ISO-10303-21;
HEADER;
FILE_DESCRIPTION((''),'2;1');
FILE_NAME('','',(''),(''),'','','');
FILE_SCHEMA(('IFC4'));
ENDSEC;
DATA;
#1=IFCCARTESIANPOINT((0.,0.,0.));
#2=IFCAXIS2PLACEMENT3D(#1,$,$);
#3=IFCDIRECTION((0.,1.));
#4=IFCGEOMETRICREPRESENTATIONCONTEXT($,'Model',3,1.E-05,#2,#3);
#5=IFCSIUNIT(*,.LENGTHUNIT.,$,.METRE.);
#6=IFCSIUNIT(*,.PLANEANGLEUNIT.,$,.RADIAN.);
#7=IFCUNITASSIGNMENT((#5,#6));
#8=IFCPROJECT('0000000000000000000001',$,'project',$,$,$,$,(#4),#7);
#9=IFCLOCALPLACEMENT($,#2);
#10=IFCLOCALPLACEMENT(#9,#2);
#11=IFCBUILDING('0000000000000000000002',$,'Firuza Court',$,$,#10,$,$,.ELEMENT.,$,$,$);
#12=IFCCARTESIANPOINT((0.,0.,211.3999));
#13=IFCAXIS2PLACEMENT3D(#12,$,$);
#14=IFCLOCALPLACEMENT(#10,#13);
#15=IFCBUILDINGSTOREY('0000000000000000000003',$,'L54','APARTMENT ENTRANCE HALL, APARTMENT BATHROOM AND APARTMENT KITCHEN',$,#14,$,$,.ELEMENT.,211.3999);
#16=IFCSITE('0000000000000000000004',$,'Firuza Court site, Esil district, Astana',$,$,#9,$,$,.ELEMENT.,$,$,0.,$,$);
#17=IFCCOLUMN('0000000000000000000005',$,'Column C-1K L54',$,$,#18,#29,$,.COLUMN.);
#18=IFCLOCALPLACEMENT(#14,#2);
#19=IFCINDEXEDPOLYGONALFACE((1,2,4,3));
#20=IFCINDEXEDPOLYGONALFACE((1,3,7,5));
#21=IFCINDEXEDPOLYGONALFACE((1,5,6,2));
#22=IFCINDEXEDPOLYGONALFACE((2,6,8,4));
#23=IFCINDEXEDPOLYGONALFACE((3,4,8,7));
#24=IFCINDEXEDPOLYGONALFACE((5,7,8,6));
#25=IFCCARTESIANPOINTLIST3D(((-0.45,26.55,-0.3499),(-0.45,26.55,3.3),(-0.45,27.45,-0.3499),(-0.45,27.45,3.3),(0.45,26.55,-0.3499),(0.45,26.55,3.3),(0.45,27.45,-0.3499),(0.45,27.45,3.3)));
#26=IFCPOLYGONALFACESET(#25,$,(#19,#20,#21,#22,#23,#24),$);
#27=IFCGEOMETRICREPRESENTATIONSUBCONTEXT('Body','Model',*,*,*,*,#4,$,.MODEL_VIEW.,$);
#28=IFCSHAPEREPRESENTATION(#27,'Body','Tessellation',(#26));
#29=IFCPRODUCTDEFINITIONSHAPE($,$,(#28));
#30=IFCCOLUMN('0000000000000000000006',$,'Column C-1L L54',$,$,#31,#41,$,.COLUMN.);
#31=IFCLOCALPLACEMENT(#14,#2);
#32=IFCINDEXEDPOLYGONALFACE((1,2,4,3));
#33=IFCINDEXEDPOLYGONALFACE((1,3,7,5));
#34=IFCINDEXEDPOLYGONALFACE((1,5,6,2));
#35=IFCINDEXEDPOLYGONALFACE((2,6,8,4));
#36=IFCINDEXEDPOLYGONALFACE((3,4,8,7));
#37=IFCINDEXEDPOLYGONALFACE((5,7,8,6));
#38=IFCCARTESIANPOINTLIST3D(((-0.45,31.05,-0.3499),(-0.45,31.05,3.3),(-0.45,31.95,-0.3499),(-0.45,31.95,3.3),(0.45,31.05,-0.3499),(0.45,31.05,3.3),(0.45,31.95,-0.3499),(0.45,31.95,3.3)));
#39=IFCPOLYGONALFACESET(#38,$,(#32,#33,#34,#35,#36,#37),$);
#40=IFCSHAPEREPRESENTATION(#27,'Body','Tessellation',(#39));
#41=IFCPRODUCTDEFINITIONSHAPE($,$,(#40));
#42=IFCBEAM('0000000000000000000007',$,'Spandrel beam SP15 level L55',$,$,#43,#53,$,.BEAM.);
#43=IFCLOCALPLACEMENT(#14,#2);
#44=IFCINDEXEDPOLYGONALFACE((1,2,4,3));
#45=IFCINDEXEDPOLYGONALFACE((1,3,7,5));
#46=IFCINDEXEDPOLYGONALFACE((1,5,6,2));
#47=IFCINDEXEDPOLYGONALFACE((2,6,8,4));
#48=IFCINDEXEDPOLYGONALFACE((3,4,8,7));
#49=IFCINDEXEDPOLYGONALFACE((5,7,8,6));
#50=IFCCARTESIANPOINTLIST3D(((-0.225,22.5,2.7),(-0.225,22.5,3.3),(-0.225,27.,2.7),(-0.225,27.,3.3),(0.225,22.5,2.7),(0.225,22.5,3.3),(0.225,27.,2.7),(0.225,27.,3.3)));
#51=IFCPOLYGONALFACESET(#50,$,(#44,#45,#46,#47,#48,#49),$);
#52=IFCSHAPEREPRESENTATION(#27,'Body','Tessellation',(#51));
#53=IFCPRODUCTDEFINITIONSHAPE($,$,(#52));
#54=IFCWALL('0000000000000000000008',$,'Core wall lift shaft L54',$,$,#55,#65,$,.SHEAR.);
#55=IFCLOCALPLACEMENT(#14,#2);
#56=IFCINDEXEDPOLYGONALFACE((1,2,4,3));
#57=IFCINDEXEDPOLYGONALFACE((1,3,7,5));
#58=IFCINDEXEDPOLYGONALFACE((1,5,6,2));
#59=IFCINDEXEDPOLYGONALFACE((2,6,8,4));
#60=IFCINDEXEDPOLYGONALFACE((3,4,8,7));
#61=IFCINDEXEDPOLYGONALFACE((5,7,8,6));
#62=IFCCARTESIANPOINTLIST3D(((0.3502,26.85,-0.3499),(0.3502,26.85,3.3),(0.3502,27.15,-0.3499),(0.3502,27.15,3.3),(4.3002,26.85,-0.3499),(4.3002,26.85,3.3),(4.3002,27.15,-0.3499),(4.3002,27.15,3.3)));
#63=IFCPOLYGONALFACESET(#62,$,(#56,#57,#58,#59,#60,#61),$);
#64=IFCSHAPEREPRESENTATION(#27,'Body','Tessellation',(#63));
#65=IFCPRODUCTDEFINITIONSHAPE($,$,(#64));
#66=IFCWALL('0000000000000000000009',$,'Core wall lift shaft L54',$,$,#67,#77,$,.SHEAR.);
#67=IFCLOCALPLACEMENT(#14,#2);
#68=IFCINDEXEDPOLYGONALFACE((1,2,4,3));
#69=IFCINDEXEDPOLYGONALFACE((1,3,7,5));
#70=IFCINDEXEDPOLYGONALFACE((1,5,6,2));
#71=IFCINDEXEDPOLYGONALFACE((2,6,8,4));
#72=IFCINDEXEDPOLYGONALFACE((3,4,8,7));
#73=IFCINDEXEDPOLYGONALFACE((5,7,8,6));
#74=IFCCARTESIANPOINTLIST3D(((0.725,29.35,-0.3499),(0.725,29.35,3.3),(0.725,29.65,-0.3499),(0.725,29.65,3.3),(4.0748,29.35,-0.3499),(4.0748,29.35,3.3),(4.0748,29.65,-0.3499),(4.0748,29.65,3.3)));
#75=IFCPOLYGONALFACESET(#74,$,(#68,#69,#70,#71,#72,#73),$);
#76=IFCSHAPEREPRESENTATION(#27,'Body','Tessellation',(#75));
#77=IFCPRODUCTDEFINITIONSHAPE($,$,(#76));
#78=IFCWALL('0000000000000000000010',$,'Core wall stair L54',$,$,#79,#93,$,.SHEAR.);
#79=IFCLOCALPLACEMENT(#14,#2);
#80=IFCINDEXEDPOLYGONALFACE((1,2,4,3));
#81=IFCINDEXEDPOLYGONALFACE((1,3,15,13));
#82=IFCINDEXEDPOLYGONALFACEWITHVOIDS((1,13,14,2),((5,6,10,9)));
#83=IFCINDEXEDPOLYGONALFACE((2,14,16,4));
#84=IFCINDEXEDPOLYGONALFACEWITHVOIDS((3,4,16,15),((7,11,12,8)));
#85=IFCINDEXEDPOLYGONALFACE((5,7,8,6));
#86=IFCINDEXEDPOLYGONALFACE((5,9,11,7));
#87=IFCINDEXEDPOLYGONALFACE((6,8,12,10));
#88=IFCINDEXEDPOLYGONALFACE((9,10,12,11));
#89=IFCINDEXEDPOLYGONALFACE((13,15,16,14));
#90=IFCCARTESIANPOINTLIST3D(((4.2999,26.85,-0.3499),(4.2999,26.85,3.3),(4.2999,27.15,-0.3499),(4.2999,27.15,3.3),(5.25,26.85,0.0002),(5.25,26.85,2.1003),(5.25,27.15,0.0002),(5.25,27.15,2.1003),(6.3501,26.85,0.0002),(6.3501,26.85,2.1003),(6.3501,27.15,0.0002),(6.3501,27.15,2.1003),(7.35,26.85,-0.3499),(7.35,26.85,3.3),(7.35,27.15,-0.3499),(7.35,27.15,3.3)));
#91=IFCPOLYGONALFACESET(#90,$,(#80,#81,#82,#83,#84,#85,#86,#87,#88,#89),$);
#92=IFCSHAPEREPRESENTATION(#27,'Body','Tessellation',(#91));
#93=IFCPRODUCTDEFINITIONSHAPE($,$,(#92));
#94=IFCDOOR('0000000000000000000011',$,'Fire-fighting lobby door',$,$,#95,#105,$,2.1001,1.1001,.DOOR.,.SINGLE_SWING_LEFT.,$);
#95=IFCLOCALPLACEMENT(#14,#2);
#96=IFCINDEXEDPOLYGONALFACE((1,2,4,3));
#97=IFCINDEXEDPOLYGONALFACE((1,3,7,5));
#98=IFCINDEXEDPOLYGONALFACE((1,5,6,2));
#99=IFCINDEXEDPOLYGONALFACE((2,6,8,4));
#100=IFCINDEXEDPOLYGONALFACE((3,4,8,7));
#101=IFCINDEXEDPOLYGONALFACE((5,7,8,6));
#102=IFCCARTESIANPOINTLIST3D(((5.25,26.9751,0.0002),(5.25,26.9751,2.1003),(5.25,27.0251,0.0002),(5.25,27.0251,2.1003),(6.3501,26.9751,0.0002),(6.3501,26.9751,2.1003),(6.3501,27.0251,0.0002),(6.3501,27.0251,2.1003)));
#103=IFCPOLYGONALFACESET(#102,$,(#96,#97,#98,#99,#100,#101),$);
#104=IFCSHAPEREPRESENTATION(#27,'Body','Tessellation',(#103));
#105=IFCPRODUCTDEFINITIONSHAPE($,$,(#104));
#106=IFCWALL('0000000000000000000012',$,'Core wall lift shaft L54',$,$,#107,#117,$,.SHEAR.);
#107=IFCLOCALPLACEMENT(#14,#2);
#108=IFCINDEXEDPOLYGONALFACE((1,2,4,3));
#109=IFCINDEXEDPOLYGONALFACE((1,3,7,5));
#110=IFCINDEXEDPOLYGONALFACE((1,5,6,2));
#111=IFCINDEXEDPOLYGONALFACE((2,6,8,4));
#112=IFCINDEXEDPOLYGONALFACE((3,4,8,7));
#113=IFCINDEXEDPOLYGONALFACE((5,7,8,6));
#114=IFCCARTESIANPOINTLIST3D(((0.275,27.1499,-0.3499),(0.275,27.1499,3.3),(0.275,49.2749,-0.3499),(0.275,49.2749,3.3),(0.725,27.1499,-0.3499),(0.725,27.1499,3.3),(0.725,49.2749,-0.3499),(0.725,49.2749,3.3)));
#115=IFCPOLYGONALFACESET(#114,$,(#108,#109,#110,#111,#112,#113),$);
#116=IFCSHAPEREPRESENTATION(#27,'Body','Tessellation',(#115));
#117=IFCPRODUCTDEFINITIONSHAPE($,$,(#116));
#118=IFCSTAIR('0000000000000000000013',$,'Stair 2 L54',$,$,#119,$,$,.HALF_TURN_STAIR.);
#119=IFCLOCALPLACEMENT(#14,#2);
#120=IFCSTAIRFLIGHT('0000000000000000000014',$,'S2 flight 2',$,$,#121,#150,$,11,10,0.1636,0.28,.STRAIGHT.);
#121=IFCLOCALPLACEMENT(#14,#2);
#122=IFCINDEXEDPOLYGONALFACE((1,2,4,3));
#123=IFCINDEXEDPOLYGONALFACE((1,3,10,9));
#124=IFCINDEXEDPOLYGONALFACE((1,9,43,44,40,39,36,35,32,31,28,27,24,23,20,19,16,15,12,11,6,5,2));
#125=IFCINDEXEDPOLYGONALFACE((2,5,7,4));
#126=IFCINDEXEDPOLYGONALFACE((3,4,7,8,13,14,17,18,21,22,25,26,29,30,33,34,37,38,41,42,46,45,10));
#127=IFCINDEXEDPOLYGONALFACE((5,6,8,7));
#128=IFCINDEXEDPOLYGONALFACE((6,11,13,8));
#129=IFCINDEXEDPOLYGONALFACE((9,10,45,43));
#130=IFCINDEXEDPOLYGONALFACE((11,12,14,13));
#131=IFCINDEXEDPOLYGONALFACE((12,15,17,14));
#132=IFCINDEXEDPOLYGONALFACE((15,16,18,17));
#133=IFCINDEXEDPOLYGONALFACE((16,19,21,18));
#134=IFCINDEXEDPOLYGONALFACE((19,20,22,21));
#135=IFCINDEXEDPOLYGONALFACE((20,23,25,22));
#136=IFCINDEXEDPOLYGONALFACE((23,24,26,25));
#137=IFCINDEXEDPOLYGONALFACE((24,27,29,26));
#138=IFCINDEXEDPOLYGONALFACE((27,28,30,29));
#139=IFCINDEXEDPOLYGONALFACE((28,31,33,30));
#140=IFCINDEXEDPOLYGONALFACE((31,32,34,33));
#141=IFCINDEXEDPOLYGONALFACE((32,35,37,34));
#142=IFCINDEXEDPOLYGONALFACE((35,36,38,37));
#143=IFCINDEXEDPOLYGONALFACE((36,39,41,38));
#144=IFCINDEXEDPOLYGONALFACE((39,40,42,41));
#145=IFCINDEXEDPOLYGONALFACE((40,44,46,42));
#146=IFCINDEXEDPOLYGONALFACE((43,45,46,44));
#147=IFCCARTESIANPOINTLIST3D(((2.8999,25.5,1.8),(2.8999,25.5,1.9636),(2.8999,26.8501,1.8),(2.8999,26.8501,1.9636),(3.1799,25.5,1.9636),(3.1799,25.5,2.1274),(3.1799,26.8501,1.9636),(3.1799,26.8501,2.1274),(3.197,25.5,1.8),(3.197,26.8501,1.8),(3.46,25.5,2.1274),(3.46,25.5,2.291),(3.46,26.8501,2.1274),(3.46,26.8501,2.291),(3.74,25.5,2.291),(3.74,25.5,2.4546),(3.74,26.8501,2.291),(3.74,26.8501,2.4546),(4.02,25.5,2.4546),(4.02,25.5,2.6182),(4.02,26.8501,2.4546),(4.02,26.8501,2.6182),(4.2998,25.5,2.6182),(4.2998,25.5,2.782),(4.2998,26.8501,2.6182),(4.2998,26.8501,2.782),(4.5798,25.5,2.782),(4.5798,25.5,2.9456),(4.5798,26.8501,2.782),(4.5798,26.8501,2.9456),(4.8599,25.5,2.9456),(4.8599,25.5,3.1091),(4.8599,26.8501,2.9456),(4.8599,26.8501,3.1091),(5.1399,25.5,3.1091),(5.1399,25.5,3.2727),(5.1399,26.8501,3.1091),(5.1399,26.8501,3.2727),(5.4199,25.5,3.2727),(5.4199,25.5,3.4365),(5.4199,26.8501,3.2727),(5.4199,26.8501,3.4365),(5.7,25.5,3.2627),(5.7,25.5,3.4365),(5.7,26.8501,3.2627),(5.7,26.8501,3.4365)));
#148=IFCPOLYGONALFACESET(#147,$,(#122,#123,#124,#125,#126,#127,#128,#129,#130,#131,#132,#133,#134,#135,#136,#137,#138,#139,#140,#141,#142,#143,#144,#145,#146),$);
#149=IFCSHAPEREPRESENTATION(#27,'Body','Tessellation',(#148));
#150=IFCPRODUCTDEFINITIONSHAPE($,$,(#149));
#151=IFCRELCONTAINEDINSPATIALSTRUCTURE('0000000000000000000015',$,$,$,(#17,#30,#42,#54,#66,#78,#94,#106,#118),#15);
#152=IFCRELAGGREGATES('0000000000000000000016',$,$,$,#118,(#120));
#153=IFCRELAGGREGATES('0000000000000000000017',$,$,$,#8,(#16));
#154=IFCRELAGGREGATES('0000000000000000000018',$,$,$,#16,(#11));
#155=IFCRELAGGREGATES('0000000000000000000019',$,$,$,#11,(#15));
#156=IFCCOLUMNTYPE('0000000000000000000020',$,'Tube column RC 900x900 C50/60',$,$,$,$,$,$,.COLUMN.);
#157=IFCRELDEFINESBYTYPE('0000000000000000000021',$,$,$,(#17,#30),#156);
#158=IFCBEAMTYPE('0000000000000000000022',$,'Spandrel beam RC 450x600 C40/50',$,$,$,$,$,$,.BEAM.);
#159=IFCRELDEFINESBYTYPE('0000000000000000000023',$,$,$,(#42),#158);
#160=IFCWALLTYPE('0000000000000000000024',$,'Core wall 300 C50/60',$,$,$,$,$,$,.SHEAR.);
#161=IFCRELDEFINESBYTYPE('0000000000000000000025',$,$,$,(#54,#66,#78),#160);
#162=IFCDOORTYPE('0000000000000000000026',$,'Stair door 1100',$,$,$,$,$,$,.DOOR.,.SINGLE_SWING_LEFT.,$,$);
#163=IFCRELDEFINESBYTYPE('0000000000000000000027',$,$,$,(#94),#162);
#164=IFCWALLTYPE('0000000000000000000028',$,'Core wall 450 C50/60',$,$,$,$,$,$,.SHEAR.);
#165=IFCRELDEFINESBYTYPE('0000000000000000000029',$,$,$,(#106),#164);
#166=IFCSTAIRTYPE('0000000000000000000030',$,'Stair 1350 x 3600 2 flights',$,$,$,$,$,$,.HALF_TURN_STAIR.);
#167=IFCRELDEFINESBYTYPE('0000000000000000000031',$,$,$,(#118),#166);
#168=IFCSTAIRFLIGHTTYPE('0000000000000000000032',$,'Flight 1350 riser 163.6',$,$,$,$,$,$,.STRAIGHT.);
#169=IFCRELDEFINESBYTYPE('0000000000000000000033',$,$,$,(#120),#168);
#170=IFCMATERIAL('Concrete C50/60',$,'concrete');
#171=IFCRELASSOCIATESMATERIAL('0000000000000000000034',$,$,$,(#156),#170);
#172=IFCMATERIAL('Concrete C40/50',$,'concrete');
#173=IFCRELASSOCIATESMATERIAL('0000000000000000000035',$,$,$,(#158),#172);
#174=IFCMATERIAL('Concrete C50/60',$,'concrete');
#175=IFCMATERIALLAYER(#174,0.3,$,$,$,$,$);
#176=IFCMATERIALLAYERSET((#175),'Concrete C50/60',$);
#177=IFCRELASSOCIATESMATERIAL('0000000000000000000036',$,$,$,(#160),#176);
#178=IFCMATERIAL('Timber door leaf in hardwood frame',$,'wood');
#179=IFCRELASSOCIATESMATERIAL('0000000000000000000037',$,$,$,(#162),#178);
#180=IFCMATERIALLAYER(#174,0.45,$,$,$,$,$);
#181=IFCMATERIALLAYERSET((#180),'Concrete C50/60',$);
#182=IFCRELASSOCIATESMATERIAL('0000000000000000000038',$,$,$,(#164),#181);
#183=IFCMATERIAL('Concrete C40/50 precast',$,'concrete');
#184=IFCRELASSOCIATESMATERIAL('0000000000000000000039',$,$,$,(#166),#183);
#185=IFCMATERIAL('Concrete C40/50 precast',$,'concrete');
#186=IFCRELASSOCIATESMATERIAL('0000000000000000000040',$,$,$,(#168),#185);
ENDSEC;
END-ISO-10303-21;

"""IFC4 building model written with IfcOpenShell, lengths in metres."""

from ifc_helpers import new_model, si_unit, direction, frame, frame_2d, origin, origin_2d, place, context, subcontext, project, spatial, polyline, rectangle, outline, extrude, material, layer, layer_set, material_profile, profile_set, type_object, element, fill, aggregate, save


model = new_model("IFC4")

# Units and contexts
model_context = context("Model", 3, precision=1e-05, world=origin(), true_north=direction((0.0, 1.0)))
body_context = subcontext(model_context, "Body", "Model", "MODEL_VIEW")
ifc_project = project(units=[si_unit("LENGTHUNIT", "METRE"), si_unit("PLANEANGLEUNIT", "RADIAN")], contexts=[model_context])

# Site, building, storey
site_placement = place(None, origin())
site = spatial("IfcSite", under=ifc_project, at=site_placement, Name="Firuza Court site, Esil district, Astana", CompositionType="ELEMENT", RefElevation=0.0)
building_placement = place(site_placement, origin())
building = spatial("IfcBuilding", under=site, at=building_placement, Name="Firuza Court", CompositionType="ELEMENT")
storey_placement = place(building_placement, frame((0.0, 0.0, 211.3999)))
storey = spatial("IfcBuildingStorey", under=building, at=storey_placement, Name="L54", Description="APARTMENT ENTRANCE HALL, APARTMENT BATHROOM AND APARTMENT KITCHEN", CompositionType="ELEMENT", Elevation=211.3999)

# Columns
ifc_material_1 = material(Name="Concrete C50/60", Category="concrete")
ifc_material_profile_1 = material_profile(ifc_material_1, rectangle(XDim=0.8999, YDim=0.8999, at=origin_2d()), Name="RC 900x900")
ifc_profile_set_1 = profile_set([ifc_material_profile_1], Name="Concrete C50/60")
column_type = type_object("IfcColumnType", Name="Tube column RC 900x900 C50/60", PredefinedType="COLUMN", material=ifc_profile_set_1)
for number, where, z_axis, x_axis, name in (
    (1, (0.0, 27.0, -0.3499), (0.0, 0.0, 1.0), (1.0, 0.0, 0.0), "Column C-1K L54"),
    (2, (0.0, 31.5, -0.3499), (0.0, 0.0, 1.0), (1.0, 0.0, 0.0), "Column C-1L L54"),
):
    element("IfcColumn", number, at=place(storey_placement, frame(where, z_axis=z_axis, x_axis=x_axis)), inside=storey, type_object=column_type, Name=name, PredefinedType="COLUMN", context=body_context, shape_type="SweptSolid", body=[
        extrude(rectangle(XDim=0.8999, YDim=0.8999, at=origin_2d()), origin(), (0.0, 0.0, 1.0), 3.6499),
    ])

# Beam
ifc_material_2 = material(Name="Concrete C40/50", Category="concrete")
ifc_material_profile_2 = material_profile(ifc_material_2, rectangle(XDim=0.45, YDim=0.6001, at=origin_2d()), Name="RC 450x600")
ifc_profile_set_2 = profile_set([ifc_material_profile_2], Name="Concrete C40/50")
beam_type = type_object("IfcBeamType", Name="Spandrel beam RC 450x600 C40/50", PredefinedType="BEAM", material=ifc_profile_set_2)
beam_placement = place(storey_placement, frame((0.0, 27.0, 3.0), z_axis=(0.0, -1.0, 0.0), x_axis=(1.0, 0.0, 0.0)))
element("IfcBeam", 3, at=beam_placement, inside=storey, type_object=beam_type, Name="Spandrel beam SP15 level L55", PredefinedType="BEAM", context=body_context, shape_type="SweptSolid", body=[
    extrude(rectangle(XDim=0.45, YDim=0.6001, at=origin_2d()), origin(), (0.0, 0.0, 1.0), 4.5),
])

# Walls
ifc_material_3 = material(Name="Concrete C50/60", Category="concrete")
ifc_layer_1 = layer(ifc_material_3, 0.3)
ifc_layer_set_1 = layer_set([ifc_layer_1], Name="Concrete C50/60")
wall_type_1 = type_object("IfcWallType", Name="Core wall 300 C50/60", PredefinedType="SHEAR", material=ifc_layer_set_1)
wall_1_placement = place(storey_placement, frame((0.3501, 27.0, -0.3499), z_axis=(0.0, 0.0, 1.0), x_axis=(1.0, 0.0, 0.0)))
element("IfcWall", 4, at=wall_1_placement, inside=storey, type_object=wall_type_1, Name="Core wall lift shaft L54", PredefinedType="SHEAR", context=body_context, shape_type="SweptSolid", body=[
    extrude(rectangle(XDim=3.95, YDim=0.3, at=frame_2d((1.9751, 0.0))), origin(), (0.0, 0.0, 1.0), 3.6499),
])
wall_2_placement = place(storey_placement, frame((0.7251, 29.5, -0.3499), z_axis=(0.0, 0.0, 1.0), x_axis=(1.0, 0.0, 0.0)))
element("IfcWall", 5, at=wall_2_placement, inside=storey, type_object=wall_type_1, Name="Core wall lift shaft L54", PredefinedType="SHEAR", context=body_context, shape_type="SweptSolid", body=[
    extrude(rectangle(XDim=3.3499, YDim=0.3, at=frame_2d((1.6748, 0.0))), origin(), (0.0, 0.0, 1.0), 3.6499),
])

# Wall, opening, door
wall_3_placement = place(storey_placement, frame((4.3, 27.0, -0.3499), z_axis=(0.0, 0.0, 1.0), x_axis=(1.0, 0.0, 0.0)))
wall_3 = element("IfcWall", 6, at=wall_3_placement, inside=storey, type_object=wall_type_1, Name="Core wall stair L54", PredefinedType="SHEAR", context=body_context, shape_type="SweptSolid", body=[
    extrude(rectangle(XDim=3.05, YDim=0.3, at=frame_2d((1.5249, 0.0))), origin(), (0.0, 0.0, 1.0), 3.6499),
])
opening_placement = place(wall_3_placement, frame((0.95, 0.0, 0.3501)))
opening = element("IfcOpeningElement", 7, at=opening_placement, cuts=wall_3, PredefinedType="OPENING", context=body_context, shape_type="SweptSolid", body=[
    extrude(rectangle(XDim=1.1001, YDim=2.1001, at=frame_2d((0.55, 1.05))), frame((0.0, 0.1621, 0.0), z_axis=(0.0, -1.0, 0.0), x_axis=(1.0, 0.0, 0.0)), (0.0, 0.0, 1.0), 0.324),
])
ifc_material_4 = material(Name="Timber door leaf in hardwood frame", Category="wood")
door_type = type_object("IfcDoorType", Name="Stair door 1100", OperationType="SINGLE_SWING_LEFT", PredefinedType="DOOR", material=ifc_material_4)
door_placement = place(opening_placement, frame((1.1001, 0.0, 0.0), z_axis=(0.0, 0.0, 1.0), x_axis=(-1.0, 0.0, 0.0)))
door = element("IfcDoor", 8, at=door_placement, inside=storey, type_object=door_type, Name="Fire-fighting lobby door", OperationType="SINGLE_SWING_LEFT", OverallHeight=2.1001, OverallWidth=1.1001, PredefinedType="DOOR", context=body_context, shape_type="SweptSolid", body=[
    extrude(rectangle(XDim=1.1001, YDim=2.1001, at=frame_2d((0.55, 1.05))), frame((0.0, 0.0249, 0.0), z_axis=(0.0, -1.0, 0.0), x_axis=(1.0, 0.0, 0.0)), (0.0, 0.0, 1.0), 0.05),
])
fill(opening, door)

# Wall
ifc_layer_2 = layer(ifc_material_3, 0.45)
ifc_layer_set_2 = layer_set([ifc_layer_2], Name="Concrete C50/60")
wall_type_2 = type_object("IfcWallType", Name="Core wall 450 C50/60", PredefinedType="SHEAR", material=ifc_layer_set_2)
wall_4_placement = place(storey_placement, frame((0.5, 27.1499, -0.3499), z_axis=(0.0, 0.0, 1.0), x_axis=(0.0, 1.0, 0.0)))
element("IfcWall", 9, at=wall_4_placement, inside=storey, type_object=wall_type_2, Name="Core wall lift shaft L54", PredefinedType="SHEAR", context=body_context, shape_type="SweptSolid", body=[
    extrude(rectangle(XDim=22.125, YDim=0.45, at=frame_2d((11.0625, 0.0))), origin(), (0.0, 0.0, 1.0), 3.6499),
])

# Stair, stair flight
ifc_material_5 = material(Name="Concrete C40/50 precast", Category="concrete")
stair_type = type_object("IfcStairType", Name="Stair 1350 x 3600 2 flights", PredefinedType="HALF_TURN_STAIR", material=ifc_material_5)
stair_placement = place(storey_placement, origin())
stair = element("IfcStair", 10, at=stair_placement, inside=storey, type_object=stair_type, Name="Stair 2 L54", PredefinedType="HALF_TURN_STAIR")
ifc_material_6 = material(Name="Concrete C40/50 precast", Category="concrete")
stair_flight_type = type_object("IfcStairFlightType", Name="Flight 1350 riser 163.6", PredefinedType="STRAIGHT", material=ifc_material_6)
stair_flight_placement = place(storey_placement, frame((2.8999, 26.175, 1.8), z_axis=(0.0, 0.0, 1.0), x_axis=(1.0, 0.0, 0.0)))
stair_flight = element("IfcStairFlight", 11, at=stair_flight_placement, type_object=stair_flight_type, Name="S2 flight 2", NumberOfRisers=11, NumberOfTreads=10, PredefinedType="STRAIGHT", RiserHeight=0.1636, TreadLength=0.28, context=body_context, shape_type="SweptSolid", body=[
    extrude(outline(polyline([(0.0, 0.0), (0.0, 0.1636), (0.28, 0.1636), (0.28, 0.3274), (0.5601, 0.3274), (0.5601, 0.491), (0.8401, 0.491), (0.8401, 0.6545), (1.1201, 0.6545), (1.1201, 0.8181), (1.3999, 0.8181), (1.3999, 0.9819), (1.6799, 0.9819), (1.6799, 1.1455), (1.96, 1.1455), (1.96, 1.3091), (2.24, 1.3091), (2.24, 1.4727), (2.52, 1.4727), (2.52, 1.6365), (2.8, 1.6365), (2.8, 1.8), (2.8, 1.4626), (0.2971, 0.0), (0.0, 0.0)])), frame((0.0, 0.675, 0.0), z_axis=(0.0, -1.0, 0.0), x_axis=(1.0, 0.0, 0.0)), (0.0, 0.0, 1.0), 1.3501),
])
aggregate(stair, [stair_flight])

save(model, "model.ifc")
